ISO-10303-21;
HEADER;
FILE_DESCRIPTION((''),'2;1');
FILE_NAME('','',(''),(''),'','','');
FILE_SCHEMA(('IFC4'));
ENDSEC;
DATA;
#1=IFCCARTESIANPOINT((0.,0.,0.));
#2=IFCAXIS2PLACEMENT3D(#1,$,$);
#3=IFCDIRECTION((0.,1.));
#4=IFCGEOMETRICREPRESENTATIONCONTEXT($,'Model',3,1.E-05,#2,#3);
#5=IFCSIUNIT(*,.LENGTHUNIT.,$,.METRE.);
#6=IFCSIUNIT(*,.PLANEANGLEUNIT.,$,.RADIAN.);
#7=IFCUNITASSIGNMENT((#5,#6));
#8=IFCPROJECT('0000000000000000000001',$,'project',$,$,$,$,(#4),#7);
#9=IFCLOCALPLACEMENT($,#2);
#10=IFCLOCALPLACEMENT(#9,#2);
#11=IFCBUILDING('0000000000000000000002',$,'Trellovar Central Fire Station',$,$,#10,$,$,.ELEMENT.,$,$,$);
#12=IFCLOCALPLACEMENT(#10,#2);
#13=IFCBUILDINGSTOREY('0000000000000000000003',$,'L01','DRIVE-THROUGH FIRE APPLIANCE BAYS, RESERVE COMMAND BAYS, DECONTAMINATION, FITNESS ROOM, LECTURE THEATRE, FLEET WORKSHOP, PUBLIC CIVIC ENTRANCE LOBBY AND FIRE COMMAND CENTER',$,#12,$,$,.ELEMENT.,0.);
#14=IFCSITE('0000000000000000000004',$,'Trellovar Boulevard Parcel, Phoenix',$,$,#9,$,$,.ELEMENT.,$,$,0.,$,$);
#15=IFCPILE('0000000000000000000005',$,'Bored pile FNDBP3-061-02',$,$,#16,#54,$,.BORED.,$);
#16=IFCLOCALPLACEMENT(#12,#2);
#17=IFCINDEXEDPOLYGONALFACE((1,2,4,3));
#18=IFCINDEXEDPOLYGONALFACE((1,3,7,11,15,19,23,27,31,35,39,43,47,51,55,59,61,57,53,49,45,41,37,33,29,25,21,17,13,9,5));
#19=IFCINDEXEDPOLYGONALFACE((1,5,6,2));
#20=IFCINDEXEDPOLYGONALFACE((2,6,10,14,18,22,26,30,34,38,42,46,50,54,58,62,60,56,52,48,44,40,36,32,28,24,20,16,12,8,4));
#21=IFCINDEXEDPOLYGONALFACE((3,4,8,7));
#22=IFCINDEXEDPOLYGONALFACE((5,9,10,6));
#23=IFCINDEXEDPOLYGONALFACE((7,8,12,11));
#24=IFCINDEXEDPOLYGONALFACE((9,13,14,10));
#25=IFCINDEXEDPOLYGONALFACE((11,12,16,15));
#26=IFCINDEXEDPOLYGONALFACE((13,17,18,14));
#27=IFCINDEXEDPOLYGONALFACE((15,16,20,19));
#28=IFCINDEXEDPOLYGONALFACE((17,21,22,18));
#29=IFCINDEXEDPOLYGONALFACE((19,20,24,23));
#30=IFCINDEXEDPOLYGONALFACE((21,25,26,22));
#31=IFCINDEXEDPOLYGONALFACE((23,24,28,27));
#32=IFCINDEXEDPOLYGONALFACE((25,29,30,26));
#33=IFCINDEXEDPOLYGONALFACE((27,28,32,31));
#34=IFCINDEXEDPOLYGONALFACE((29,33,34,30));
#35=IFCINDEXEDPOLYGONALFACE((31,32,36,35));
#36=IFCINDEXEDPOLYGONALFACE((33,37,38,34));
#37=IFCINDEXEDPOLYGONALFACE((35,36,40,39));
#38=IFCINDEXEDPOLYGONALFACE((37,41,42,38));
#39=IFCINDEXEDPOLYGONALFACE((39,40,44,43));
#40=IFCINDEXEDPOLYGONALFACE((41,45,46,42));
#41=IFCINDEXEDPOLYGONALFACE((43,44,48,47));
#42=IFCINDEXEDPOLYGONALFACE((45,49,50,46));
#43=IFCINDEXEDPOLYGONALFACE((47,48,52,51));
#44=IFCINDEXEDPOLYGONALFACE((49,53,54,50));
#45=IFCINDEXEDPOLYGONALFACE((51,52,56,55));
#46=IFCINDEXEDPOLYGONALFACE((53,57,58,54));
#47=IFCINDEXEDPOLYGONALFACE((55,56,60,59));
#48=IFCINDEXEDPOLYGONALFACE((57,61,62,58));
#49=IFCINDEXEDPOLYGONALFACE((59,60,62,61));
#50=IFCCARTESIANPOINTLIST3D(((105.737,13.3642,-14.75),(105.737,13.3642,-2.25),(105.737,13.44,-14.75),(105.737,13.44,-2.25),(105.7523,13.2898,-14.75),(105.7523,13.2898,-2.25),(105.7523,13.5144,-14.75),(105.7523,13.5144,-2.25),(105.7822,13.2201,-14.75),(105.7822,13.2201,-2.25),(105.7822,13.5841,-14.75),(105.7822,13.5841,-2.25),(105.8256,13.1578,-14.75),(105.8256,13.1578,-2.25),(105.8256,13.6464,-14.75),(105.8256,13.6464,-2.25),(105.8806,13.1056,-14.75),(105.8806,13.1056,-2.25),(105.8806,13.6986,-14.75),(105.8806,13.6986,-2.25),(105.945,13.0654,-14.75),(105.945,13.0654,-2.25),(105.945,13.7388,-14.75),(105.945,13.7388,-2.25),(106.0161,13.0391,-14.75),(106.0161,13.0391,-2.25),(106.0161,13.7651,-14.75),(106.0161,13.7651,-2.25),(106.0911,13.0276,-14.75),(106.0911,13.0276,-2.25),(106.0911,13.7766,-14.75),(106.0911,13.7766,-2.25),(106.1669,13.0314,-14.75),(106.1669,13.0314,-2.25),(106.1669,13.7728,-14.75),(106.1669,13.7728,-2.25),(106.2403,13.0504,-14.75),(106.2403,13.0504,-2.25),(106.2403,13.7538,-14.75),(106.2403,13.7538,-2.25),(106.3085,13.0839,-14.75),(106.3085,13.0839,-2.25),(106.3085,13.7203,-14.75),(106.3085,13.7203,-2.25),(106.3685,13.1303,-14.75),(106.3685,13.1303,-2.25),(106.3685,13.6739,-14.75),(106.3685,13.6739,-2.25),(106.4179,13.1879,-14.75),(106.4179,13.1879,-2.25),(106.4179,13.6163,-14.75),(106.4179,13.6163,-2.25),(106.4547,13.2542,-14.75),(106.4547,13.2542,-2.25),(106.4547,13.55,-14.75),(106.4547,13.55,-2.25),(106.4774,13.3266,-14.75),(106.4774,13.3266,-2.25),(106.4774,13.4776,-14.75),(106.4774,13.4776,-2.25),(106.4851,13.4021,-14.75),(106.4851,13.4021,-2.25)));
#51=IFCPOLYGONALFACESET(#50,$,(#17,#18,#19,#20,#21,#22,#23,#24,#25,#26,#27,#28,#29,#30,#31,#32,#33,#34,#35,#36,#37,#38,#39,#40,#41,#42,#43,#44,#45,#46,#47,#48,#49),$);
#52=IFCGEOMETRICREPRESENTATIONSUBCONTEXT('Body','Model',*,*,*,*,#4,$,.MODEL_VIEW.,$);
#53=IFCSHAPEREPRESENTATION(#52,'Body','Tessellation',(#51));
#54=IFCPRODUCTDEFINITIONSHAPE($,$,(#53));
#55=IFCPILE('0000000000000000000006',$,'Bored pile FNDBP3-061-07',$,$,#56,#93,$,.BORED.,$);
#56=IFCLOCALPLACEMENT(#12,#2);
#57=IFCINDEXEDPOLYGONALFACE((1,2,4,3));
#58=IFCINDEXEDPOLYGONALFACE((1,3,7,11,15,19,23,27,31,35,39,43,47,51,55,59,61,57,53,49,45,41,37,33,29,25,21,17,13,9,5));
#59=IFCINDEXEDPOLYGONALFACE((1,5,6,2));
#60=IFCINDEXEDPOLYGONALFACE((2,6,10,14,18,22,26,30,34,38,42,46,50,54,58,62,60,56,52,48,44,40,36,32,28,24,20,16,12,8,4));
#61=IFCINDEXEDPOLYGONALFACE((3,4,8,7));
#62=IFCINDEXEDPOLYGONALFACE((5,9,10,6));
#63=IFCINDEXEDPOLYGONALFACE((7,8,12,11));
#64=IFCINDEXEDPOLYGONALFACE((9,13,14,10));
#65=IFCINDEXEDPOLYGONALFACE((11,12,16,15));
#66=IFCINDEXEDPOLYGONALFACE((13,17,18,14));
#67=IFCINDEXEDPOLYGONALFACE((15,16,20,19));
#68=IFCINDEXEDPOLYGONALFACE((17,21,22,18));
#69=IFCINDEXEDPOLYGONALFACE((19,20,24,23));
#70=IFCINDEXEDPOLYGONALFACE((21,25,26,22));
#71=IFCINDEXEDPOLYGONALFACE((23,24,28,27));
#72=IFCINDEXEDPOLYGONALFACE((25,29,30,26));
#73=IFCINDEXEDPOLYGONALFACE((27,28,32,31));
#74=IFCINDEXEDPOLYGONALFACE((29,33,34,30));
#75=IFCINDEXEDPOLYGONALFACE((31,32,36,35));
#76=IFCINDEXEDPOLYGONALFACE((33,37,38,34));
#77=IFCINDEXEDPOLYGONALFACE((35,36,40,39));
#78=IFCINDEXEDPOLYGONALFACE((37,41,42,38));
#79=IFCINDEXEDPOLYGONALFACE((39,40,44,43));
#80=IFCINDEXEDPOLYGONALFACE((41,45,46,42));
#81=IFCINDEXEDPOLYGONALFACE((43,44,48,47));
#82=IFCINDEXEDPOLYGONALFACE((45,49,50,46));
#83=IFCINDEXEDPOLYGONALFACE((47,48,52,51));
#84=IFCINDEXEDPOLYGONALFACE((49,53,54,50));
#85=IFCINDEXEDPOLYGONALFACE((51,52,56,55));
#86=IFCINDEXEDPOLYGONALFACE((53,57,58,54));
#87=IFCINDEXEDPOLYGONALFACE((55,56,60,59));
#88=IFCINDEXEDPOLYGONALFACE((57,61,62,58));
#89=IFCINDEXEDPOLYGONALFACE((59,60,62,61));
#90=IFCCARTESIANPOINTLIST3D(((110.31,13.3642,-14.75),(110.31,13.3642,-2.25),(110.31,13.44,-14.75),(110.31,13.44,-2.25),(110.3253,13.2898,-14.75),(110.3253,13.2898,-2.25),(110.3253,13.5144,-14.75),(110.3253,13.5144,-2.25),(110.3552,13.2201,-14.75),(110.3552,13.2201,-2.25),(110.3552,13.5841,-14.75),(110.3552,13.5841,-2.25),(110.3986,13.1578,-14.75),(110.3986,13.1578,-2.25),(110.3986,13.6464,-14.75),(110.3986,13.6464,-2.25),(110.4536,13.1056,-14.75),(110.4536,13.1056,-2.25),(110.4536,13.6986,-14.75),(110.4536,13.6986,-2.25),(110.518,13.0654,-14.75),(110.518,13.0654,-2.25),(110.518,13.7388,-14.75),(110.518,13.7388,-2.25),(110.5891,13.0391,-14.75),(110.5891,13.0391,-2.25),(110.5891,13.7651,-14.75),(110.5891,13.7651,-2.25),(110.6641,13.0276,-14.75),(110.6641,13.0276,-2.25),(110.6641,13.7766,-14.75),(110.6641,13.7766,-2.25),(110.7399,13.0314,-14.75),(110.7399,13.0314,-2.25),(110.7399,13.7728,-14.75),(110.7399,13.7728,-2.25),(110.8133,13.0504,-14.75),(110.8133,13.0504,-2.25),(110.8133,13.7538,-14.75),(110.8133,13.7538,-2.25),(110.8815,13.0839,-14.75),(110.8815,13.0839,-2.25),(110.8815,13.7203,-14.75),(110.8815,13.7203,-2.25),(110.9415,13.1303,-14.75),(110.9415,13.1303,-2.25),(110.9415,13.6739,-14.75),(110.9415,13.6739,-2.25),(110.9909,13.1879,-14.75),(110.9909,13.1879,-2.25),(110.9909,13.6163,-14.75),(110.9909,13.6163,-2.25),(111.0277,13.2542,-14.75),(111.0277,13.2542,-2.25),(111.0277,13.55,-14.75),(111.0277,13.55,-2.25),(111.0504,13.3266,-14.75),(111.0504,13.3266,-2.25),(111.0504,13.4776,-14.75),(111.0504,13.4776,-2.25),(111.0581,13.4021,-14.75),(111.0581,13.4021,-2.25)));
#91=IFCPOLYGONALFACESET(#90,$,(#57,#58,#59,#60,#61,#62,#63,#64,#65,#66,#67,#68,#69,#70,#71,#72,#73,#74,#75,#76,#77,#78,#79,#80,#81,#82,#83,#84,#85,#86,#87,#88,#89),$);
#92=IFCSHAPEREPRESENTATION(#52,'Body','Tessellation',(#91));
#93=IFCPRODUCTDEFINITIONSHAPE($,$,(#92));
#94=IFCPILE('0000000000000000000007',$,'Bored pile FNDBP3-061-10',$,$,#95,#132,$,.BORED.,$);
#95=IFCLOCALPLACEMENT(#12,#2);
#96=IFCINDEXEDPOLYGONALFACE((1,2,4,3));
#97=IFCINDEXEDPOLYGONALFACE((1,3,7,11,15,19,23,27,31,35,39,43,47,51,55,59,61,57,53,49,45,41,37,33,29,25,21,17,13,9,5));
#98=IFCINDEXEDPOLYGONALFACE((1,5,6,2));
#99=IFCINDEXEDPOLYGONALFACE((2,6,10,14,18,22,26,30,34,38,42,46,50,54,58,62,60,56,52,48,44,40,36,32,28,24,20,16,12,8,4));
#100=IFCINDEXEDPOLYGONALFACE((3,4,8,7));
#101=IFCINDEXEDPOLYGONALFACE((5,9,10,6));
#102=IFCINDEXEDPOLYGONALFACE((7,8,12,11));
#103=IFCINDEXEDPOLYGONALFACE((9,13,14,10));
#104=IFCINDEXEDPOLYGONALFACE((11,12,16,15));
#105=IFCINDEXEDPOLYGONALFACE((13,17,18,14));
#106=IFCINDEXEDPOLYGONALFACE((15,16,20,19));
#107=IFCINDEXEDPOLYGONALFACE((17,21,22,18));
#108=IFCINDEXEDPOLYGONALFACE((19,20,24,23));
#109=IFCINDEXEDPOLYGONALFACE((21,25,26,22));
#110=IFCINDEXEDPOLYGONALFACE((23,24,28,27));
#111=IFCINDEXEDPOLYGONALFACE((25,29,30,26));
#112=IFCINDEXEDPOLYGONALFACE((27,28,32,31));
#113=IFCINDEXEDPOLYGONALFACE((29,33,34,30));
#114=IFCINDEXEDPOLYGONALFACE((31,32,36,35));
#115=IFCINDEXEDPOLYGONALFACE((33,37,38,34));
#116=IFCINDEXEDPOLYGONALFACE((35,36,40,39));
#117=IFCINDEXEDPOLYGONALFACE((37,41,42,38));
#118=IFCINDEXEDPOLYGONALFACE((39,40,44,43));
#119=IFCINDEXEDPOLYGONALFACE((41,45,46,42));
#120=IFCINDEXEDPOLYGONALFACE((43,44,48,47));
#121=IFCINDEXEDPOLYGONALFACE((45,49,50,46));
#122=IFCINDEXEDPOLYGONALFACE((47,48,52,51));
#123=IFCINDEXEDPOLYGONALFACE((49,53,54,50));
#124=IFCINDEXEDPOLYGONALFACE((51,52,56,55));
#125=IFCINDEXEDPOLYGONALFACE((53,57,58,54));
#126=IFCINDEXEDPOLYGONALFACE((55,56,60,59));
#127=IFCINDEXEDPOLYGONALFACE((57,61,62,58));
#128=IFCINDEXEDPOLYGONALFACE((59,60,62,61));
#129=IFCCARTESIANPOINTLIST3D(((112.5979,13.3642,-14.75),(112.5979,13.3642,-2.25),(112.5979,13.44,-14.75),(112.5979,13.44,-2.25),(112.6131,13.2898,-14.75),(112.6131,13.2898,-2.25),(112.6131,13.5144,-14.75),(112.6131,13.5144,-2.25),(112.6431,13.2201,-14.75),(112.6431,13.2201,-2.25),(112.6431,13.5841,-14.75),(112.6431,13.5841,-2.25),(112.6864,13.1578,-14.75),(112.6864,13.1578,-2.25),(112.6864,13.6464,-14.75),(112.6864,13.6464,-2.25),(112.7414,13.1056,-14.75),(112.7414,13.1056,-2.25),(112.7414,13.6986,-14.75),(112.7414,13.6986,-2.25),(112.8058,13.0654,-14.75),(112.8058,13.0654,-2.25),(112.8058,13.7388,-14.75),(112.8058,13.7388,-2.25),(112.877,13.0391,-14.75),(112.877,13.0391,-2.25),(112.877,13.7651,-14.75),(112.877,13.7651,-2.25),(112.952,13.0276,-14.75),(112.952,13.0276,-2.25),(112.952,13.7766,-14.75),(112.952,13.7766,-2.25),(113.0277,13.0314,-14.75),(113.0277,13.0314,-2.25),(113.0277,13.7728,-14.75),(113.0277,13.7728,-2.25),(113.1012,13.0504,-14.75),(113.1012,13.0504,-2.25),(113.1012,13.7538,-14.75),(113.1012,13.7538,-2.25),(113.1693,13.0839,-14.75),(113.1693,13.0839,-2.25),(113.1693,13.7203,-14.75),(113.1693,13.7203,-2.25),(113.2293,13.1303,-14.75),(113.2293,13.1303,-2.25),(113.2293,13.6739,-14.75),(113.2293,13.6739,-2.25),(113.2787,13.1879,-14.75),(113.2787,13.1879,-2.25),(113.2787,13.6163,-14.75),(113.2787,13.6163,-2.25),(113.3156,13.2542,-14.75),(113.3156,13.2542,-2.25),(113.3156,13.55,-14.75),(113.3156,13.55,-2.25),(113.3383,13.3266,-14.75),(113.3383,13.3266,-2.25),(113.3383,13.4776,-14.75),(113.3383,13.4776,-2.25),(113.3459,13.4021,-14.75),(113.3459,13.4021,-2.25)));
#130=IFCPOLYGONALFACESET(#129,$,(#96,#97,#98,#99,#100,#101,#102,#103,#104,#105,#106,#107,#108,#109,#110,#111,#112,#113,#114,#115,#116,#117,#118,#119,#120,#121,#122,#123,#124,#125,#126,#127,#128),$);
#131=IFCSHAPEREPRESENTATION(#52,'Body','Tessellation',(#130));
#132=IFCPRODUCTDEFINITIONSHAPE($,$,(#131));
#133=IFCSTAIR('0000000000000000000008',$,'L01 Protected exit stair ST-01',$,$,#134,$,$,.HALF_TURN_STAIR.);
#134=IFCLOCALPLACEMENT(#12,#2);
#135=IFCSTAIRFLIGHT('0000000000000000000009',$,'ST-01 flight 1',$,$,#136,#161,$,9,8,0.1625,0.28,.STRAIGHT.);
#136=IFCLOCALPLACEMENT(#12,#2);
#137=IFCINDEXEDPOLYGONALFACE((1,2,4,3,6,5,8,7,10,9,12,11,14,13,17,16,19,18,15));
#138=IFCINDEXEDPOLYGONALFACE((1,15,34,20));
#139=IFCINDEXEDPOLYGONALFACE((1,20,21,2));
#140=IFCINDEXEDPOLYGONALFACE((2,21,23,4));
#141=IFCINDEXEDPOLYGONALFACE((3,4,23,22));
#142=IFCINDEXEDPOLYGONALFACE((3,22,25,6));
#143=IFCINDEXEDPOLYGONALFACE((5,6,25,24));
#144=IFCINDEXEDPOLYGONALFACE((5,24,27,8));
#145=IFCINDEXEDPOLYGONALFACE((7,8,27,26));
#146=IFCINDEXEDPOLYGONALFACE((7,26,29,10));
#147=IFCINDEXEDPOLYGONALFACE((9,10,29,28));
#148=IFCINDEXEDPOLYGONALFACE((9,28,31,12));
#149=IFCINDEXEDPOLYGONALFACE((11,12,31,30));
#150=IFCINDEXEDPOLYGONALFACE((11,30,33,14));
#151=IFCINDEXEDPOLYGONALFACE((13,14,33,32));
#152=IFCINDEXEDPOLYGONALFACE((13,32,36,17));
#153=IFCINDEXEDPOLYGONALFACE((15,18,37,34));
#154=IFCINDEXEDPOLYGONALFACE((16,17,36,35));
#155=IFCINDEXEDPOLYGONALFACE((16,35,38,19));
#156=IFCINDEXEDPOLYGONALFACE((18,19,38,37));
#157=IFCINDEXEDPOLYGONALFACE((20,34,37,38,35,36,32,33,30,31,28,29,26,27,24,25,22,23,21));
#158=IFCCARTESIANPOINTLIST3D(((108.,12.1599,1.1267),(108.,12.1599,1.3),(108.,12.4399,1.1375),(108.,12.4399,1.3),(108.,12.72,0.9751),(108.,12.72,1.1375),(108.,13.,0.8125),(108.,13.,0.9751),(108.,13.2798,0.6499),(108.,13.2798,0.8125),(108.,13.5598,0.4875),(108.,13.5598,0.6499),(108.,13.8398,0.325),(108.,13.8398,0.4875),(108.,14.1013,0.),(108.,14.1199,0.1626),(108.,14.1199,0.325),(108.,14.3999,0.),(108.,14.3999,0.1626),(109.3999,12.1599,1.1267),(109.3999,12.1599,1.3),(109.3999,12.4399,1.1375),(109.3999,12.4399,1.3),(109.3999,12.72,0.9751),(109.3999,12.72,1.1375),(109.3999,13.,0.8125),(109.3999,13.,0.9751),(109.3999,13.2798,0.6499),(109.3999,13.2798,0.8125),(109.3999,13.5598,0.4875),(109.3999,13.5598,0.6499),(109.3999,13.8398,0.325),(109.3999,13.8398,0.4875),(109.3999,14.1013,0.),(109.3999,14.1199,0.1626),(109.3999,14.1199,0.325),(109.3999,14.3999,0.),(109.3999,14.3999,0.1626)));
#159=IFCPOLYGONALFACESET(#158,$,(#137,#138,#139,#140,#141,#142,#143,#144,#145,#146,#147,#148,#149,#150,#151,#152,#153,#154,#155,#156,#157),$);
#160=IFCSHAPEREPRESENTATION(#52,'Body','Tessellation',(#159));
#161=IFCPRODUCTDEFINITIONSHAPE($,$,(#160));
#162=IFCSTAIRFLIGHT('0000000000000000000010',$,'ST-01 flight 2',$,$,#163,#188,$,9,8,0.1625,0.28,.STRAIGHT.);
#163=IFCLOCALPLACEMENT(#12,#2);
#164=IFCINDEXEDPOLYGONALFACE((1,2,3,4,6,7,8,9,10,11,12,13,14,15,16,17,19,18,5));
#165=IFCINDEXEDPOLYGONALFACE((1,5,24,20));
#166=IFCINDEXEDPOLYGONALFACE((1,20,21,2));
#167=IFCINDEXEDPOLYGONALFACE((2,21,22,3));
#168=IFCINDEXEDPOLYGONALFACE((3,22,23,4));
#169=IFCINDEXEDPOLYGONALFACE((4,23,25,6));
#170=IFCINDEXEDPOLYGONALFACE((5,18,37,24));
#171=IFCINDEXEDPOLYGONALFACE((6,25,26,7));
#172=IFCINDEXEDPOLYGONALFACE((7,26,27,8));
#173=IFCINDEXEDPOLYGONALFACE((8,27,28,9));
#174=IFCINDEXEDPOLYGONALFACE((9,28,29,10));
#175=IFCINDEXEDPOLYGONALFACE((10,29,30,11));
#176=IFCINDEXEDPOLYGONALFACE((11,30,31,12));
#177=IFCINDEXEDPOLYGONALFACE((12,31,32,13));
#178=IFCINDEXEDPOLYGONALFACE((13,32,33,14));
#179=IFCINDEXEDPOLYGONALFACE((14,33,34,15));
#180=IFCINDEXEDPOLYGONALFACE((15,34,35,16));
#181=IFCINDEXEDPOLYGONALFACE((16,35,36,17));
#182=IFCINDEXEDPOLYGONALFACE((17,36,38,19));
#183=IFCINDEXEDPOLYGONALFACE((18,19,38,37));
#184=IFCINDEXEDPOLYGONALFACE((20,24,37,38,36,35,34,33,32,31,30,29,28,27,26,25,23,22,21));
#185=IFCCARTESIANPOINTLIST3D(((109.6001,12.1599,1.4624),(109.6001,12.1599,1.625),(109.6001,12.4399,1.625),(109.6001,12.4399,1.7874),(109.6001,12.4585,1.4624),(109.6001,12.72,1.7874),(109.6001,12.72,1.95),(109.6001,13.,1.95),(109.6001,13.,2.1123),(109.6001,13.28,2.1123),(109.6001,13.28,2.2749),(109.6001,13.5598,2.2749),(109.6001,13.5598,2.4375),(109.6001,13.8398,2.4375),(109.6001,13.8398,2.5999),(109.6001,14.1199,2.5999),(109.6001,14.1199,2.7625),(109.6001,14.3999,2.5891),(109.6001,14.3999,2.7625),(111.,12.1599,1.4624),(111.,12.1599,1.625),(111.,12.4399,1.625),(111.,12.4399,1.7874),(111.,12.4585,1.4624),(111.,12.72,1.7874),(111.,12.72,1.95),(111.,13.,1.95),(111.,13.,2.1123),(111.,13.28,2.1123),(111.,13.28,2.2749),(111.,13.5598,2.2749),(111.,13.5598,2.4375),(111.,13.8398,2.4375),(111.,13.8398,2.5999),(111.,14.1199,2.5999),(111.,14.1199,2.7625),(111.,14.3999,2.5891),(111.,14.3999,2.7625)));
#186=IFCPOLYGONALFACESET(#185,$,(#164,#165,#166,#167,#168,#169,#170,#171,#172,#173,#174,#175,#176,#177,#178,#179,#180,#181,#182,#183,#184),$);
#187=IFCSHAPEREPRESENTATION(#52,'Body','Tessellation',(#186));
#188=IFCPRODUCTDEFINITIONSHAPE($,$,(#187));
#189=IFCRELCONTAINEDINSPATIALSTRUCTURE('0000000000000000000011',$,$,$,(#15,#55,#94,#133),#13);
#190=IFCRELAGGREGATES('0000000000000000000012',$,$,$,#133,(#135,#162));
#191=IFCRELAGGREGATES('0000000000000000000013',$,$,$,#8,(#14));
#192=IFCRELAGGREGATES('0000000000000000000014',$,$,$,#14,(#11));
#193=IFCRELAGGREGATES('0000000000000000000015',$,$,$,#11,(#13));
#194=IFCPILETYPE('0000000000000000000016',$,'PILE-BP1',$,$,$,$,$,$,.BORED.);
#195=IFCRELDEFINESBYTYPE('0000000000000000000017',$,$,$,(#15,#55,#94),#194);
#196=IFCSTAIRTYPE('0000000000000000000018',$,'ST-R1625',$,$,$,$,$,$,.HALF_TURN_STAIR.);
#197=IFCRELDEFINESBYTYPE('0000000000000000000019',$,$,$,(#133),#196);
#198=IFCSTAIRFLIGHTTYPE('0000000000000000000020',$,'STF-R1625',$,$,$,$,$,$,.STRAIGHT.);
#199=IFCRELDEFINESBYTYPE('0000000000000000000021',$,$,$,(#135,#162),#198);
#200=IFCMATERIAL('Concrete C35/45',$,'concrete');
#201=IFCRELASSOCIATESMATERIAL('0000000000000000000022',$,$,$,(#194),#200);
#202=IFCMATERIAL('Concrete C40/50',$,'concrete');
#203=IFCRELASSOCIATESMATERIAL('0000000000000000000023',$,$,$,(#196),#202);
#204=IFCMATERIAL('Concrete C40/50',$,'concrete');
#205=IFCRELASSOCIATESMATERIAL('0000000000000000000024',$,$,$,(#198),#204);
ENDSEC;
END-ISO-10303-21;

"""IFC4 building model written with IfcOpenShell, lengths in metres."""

from ifc_helpers import new_model, si_unit, direction, frame, origin, origin_2d, place, context, subcontext, project, spatial, polyline, circle, outline, extrude, material, material_profile, profile_set, type_object, element, aggregate, save


model = new_model("IFC4")

# Units and contexts
model_context = context("Model", 3, precision=1e-05, world=origin(), true_north=direction((0.0, 1.0)))
body_context = subcontext(model_context, "Body", "Model", "MODEL_VIEW")
ifc_project = project(units=[si_unit("LENGTHUNIT", "METRE"), si_unit("PLANEANGLEUNIT", "RADIAN")], contexts=[model_context])

# Site, building, storey
site_placement = place(None, origin())
site = spatial("IfcSite", under=ifc_project, at=site_placement, Name="Trellovar Boulevard Parcel, Phoenix", CompositionType="ELEMENT", RefElevation=0.0)
building_placement = place(site_placement, origin())
building = spatial("IfcBuilding", under=site, at=building_placement, Name="Trellovar Central Fire Station", CompositionType="ELEMENT")
storey_placement = place(building_placement, origin())
storey = spatial("IfcBuildingStorey", under=building, at=storey_placement, Name="L01", Description="DRIVE-THROUGH FIRE APPLIANCE BAYS, RESERVE COMMAND BAYS, DECONTAMINATION, FITNESS ROOM, LECTURE THEATRE, FLEET WORKSHOP, PUBLIC CIVIC ENTRANCE LOBBY AND FIRE COMMAND CENTER", CompositionType="ELEMENT", Elevation=0.0)

# Piles
ifc_material_1 = material(Name="Concrete C35/45", Category="concrete")
ifc_material_profile = material_profile(ifc_material_1, circle(Radius=0.375, at=origin_2d()), Name="PILE750")
ifc_profile_set = profile_set([ifc_material_profile], Name="Concrete C35/45")
pile_type = type_object("IfcPileType", Name="PILE-BP1", PredefinedType="BORED", material=ifc_profile_set)
for number, where, z_axis, x_axis, name in (
    (1, (106.1101, 13.4021, -2.25), (0.0, 0.0, -1.0), (1.0, 0.0, 0.0), "Bored pile FNDBP3-061-02"),
    (2, (110.6831, 13.4021, -2.25), (0.0, 0.0, -1.0), (1.0, 0.0, 0.0), "Bored pile FNDBP3-061-07"),
    (3, (112.9709, 13.4021, -2.25), (0.0, 0.0, -1.0), (1.0, 0.0, 0.0), "Bored pile FNDBP3-061-10"),
):
    element("IfcPile", number, at=place(storey_placement, frame(where, z_axis=z_axis, x_axis=x_axis)), inside=storey, type_object=pile_type, Name=name, PredefinedType="BORED", context=body_context, shape_type="SweptSolid", body=[
        extrude(circle(Radius=0.375, at=origin_2d()), origin(), (0.0, 0.0, 1.0), 12.5),
    ])

# Stair, stair flights
ifc_material_2 = material(Name="Concrete C40/50", Category="concrete")
stair_type = type_object("IfcStairType", Name="ST-R1625", PredefinedType="HALF_TURN_STAIR", material=ifc_material_2)
stair_placement = place(storey_placement, origin())
stair = element("IfcStair", 4, at=stair_placement, inside=storey, type_object=stair_type, Name="L01 Protected exit stair ST-01", PredefinedType="HALF_TURN_STAIR")
ifc_material_3 = material(Name="Concrete C40/50", Category="concrete")
stair_flight_type = type_object("IfcStairFlightType", Name="STF-R1625", PredefinedType="STRAIGHT", material=ifc_material_3)
stair_flight_1_placement = place(storey_placement, frame((108.7, 14.3999, 0.0), z_axis=(0.0, 0.0, 1.0), x_axis=(0.0, -1.0, 0.0)))
stair_flight_1 = element("IfcStairFlight", 5, at=stair_flight_1_placement, type_object=stair_flight_type, Name="ST-01 flight 1", NumberOfRisers=9, NumberOfTreads=8, PredefinedType="STRAIGHT", RiserHeight=0.1625, TreadLength=0.28, context=body_context, shape_type="SweptSolid", body=[
    extrude(outline(polyline([(0.0, 0.0), (0.0, 0.1626), (0.28, 0.1626), (0.28, 0.325), (0.5601, 0.325), (0.5601, 0.4875), (0.8401, 0.4875), (0.8401, 0.6499), (1.1201, 0.6499), (1.1201, 0.8125), (1.3999, 0.8125), (1.3999, 0.9751), (1.6799, 0.9751), (1.6799, 1.1375), (1.96, 1.1375), (1.96, 1.3), (2.24, 1.3), (2.24, 1.4624), (2.24, 1.1267), (0.2986, 0.0), (0.0, 0.0)])), frame((0.0, 0.7, 0.0), z_axis=(0.0, -1.0, 0.0), x_axis=(1.0, 0.0, 0.0)), (0.0, 0.0, 1.0), 1.3999),
])
stair_flight_2_placement = place(storey_placement, frame((110.3, 12.1599, 1.4624), z_axis=(0.0, 0.0, 1.0), x_axis=(0.0, 1.0, 0.0)))
stair_flight_2 = element("IfcStairFlight", 6, at=stair_flight_2_placement, type_object=stair_flight_type, Name="ST-01 flight 2", NumberOfRisers=9, NumberOfTreads=8, PredefinedType="STRAIGHT", RiserHeight=0.1625, TreadLength=0.28, context=body_context, shape_type="SweptSolid", body=[
    extrude(outline(polyline([(0.0, 0.0), (0.0, 0.1626), (0.28, 0.1626), (0.28, 0.325), (0.5601, 0.325), (0.5601, 0.4875), (0.8401, 0.4875), (0.8401, 0.6499), (1.1201, 0.6499), (1.1201, 0.8125), (1.3999, 0.8125), (1.3999, 0.9751), (1.6799, 0.9751), (1.6799, 1.1375), (1.96, 1.1375), (1.96, 1.3), (2.24, 1.3), (2.24, 1.4624), (2.24, 1.1267), (0.2986, 0.0), (0.0, 0.0)])), frame((0.0, 0.7, 0.0), z_axis=(0.0, -1.0, 0.0), x_axis=(1.0, 0.0, 0.0)), (0.0, 0.0, 1.0), 1.3999),
])
aggregate(stair, [stair_flight_1, stair_flight_2])

save(model, "model.ifc")
